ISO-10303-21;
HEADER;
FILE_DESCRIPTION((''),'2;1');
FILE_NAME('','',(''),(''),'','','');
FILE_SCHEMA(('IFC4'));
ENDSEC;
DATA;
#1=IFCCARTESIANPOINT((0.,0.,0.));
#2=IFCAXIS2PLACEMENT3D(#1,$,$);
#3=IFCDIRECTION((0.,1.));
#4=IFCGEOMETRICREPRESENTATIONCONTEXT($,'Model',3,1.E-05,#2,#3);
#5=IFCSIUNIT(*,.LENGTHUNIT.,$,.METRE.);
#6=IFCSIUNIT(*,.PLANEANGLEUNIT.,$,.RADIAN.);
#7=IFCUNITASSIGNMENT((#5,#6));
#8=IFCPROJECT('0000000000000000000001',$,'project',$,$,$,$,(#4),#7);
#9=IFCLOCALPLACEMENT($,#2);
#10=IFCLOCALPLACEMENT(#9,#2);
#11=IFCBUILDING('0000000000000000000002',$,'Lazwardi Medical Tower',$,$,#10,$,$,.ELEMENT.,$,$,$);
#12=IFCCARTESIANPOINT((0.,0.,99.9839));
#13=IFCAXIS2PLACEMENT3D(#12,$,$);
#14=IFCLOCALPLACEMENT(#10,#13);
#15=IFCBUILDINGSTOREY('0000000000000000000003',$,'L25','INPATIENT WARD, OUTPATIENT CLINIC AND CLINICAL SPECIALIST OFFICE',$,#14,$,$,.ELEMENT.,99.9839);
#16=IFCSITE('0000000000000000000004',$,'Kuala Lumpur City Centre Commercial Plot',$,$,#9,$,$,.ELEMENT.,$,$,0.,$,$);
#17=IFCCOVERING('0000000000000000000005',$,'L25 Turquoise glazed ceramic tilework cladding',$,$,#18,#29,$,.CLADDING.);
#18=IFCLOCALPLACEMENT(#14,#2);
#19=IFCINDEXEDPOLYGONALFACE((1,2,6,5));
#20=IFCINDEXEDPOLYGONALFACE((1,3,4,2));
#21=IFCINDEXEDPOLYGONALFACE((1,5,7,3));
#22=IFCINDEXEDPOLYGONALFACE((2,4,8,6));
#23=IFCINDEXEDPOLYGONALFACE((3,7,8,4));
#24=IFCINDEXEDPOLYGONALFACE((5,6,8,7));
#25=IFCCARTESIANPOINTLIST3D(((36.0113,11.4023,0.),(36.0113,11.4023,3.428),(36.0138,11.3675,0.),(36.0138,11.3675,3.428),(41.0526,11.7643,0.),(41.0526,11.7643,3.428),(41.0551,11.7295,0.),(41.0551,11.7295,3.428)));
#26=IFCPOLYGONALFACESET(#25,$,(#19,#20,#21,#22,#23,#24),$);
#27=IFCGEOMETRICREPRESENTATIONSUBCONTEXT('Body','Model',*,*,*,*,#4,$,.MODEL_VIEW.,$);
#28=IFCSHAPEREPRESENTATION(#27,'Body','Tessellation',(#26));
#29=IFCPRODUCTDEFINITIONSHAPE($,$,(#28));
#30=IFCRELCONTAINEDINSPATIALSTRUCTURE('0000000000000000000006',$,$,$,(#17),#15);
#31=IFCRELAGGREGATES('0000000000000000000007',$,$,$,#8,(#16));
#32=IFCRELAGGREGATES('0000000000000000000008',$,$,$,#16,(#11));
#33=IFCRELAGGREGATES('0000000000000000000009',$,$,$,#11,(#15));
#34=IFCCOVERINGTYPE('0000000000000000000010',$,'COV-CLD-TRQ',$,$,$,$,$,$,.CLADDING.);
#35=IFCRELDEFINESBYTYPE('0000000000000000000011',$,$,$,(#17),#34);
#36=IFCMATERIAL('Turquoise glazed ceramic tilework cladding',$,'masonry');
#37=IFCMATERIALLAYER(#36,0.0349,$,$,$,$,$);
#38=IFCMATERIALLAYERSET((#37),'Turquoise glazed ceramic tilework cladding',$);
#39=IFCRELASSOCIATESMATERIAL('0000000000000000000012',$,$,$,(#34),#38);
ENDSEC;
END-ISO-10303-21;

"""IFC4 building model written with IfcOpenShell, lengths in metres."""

from ifc_helpers import new_model, si_unit, direction, frame, origin, origin_2d, place, context, subcontext, project, spatial, rectangle, extrude, material, layer, layer_set, type_object, element, save


model = new_model("IFC4")

# Units and contexts
model_context = context("Model", 3, precision=1e-05, world=origin(), true_north=direction((0.0, 1.0)))
body_context = subcontext(model_context, "Body", "Model", "MODEL_VIEW")
ifc_project = project(units=[si_unit("LENGTHUNIT", "METRE"), si_unit("PLANEANGLEUNIT", "RADIAN")], contexts=[model_context])

# Site, building, storey
site_placement = place(None, origin())
site = spatial("IfcSite", under=ifc_project, at=site_placement, Name="Kuala Lumpur City Centre Commercial Plot", CompositionType="ELEMENT", RefElevation=0.0)
building_placement = place(site_placement, origin())
building = spatial("IfcBuilding", under=site, at=building_placement, Name="Lazwardi Medical Tower", CompositionType="ELEMENT")
storey_placement = place(building_placement, frame((0.0, 0.0, 99.9839)))
storey = spatial("IfcBuildingStorey", under=building, at=storey_placement, Name="L25", Description="INPATIENT WARD, OUTPATIENT CLINIC AND CLINICAL SPECIALIST OFFICE", CompositionType="ELEMENT", Elevation=99.9839)

# Covering
ifc_material_1 = material(Name="Turquoise glazed ceramic tilework cladding", Category="masonry")
ifc_layer_1 = layer(ifc_material_1, 0.0349)
ifc_layer_set_1 = layer_set([ifc_layer_1], Name="Turquoise glazed ceramic tilework cladding")
covering_type_1 = type_object("IfcCoveringType", Name="COV-CLD-TRQ", PredefinedType="CLADDING", material=ifc_layer_set_1)
covering_1_placement = place(storey_placement, frame((38.5332, 11.5659, 0.0), z_axis=(0.0, 0.0, 1.0), x_axis=(0.997432, 0.071625, 0.0)))
element("IfcCovering", 1, at=covering_1_placement, inside=storey, type_object=covering_type_1, Name="L25 Turquoise glazed ceramic tilework cladding", PredefinedType="CLADDING", context=body_context, shape_type="SweptSolid", body=[
    extrude(rectangle(XDim=5.0542, YDim=0.0349, at=origin_2d()), origin(), (0.0, 0.0, 1.0), 3.428),
])

save(model, "model.ifc")
